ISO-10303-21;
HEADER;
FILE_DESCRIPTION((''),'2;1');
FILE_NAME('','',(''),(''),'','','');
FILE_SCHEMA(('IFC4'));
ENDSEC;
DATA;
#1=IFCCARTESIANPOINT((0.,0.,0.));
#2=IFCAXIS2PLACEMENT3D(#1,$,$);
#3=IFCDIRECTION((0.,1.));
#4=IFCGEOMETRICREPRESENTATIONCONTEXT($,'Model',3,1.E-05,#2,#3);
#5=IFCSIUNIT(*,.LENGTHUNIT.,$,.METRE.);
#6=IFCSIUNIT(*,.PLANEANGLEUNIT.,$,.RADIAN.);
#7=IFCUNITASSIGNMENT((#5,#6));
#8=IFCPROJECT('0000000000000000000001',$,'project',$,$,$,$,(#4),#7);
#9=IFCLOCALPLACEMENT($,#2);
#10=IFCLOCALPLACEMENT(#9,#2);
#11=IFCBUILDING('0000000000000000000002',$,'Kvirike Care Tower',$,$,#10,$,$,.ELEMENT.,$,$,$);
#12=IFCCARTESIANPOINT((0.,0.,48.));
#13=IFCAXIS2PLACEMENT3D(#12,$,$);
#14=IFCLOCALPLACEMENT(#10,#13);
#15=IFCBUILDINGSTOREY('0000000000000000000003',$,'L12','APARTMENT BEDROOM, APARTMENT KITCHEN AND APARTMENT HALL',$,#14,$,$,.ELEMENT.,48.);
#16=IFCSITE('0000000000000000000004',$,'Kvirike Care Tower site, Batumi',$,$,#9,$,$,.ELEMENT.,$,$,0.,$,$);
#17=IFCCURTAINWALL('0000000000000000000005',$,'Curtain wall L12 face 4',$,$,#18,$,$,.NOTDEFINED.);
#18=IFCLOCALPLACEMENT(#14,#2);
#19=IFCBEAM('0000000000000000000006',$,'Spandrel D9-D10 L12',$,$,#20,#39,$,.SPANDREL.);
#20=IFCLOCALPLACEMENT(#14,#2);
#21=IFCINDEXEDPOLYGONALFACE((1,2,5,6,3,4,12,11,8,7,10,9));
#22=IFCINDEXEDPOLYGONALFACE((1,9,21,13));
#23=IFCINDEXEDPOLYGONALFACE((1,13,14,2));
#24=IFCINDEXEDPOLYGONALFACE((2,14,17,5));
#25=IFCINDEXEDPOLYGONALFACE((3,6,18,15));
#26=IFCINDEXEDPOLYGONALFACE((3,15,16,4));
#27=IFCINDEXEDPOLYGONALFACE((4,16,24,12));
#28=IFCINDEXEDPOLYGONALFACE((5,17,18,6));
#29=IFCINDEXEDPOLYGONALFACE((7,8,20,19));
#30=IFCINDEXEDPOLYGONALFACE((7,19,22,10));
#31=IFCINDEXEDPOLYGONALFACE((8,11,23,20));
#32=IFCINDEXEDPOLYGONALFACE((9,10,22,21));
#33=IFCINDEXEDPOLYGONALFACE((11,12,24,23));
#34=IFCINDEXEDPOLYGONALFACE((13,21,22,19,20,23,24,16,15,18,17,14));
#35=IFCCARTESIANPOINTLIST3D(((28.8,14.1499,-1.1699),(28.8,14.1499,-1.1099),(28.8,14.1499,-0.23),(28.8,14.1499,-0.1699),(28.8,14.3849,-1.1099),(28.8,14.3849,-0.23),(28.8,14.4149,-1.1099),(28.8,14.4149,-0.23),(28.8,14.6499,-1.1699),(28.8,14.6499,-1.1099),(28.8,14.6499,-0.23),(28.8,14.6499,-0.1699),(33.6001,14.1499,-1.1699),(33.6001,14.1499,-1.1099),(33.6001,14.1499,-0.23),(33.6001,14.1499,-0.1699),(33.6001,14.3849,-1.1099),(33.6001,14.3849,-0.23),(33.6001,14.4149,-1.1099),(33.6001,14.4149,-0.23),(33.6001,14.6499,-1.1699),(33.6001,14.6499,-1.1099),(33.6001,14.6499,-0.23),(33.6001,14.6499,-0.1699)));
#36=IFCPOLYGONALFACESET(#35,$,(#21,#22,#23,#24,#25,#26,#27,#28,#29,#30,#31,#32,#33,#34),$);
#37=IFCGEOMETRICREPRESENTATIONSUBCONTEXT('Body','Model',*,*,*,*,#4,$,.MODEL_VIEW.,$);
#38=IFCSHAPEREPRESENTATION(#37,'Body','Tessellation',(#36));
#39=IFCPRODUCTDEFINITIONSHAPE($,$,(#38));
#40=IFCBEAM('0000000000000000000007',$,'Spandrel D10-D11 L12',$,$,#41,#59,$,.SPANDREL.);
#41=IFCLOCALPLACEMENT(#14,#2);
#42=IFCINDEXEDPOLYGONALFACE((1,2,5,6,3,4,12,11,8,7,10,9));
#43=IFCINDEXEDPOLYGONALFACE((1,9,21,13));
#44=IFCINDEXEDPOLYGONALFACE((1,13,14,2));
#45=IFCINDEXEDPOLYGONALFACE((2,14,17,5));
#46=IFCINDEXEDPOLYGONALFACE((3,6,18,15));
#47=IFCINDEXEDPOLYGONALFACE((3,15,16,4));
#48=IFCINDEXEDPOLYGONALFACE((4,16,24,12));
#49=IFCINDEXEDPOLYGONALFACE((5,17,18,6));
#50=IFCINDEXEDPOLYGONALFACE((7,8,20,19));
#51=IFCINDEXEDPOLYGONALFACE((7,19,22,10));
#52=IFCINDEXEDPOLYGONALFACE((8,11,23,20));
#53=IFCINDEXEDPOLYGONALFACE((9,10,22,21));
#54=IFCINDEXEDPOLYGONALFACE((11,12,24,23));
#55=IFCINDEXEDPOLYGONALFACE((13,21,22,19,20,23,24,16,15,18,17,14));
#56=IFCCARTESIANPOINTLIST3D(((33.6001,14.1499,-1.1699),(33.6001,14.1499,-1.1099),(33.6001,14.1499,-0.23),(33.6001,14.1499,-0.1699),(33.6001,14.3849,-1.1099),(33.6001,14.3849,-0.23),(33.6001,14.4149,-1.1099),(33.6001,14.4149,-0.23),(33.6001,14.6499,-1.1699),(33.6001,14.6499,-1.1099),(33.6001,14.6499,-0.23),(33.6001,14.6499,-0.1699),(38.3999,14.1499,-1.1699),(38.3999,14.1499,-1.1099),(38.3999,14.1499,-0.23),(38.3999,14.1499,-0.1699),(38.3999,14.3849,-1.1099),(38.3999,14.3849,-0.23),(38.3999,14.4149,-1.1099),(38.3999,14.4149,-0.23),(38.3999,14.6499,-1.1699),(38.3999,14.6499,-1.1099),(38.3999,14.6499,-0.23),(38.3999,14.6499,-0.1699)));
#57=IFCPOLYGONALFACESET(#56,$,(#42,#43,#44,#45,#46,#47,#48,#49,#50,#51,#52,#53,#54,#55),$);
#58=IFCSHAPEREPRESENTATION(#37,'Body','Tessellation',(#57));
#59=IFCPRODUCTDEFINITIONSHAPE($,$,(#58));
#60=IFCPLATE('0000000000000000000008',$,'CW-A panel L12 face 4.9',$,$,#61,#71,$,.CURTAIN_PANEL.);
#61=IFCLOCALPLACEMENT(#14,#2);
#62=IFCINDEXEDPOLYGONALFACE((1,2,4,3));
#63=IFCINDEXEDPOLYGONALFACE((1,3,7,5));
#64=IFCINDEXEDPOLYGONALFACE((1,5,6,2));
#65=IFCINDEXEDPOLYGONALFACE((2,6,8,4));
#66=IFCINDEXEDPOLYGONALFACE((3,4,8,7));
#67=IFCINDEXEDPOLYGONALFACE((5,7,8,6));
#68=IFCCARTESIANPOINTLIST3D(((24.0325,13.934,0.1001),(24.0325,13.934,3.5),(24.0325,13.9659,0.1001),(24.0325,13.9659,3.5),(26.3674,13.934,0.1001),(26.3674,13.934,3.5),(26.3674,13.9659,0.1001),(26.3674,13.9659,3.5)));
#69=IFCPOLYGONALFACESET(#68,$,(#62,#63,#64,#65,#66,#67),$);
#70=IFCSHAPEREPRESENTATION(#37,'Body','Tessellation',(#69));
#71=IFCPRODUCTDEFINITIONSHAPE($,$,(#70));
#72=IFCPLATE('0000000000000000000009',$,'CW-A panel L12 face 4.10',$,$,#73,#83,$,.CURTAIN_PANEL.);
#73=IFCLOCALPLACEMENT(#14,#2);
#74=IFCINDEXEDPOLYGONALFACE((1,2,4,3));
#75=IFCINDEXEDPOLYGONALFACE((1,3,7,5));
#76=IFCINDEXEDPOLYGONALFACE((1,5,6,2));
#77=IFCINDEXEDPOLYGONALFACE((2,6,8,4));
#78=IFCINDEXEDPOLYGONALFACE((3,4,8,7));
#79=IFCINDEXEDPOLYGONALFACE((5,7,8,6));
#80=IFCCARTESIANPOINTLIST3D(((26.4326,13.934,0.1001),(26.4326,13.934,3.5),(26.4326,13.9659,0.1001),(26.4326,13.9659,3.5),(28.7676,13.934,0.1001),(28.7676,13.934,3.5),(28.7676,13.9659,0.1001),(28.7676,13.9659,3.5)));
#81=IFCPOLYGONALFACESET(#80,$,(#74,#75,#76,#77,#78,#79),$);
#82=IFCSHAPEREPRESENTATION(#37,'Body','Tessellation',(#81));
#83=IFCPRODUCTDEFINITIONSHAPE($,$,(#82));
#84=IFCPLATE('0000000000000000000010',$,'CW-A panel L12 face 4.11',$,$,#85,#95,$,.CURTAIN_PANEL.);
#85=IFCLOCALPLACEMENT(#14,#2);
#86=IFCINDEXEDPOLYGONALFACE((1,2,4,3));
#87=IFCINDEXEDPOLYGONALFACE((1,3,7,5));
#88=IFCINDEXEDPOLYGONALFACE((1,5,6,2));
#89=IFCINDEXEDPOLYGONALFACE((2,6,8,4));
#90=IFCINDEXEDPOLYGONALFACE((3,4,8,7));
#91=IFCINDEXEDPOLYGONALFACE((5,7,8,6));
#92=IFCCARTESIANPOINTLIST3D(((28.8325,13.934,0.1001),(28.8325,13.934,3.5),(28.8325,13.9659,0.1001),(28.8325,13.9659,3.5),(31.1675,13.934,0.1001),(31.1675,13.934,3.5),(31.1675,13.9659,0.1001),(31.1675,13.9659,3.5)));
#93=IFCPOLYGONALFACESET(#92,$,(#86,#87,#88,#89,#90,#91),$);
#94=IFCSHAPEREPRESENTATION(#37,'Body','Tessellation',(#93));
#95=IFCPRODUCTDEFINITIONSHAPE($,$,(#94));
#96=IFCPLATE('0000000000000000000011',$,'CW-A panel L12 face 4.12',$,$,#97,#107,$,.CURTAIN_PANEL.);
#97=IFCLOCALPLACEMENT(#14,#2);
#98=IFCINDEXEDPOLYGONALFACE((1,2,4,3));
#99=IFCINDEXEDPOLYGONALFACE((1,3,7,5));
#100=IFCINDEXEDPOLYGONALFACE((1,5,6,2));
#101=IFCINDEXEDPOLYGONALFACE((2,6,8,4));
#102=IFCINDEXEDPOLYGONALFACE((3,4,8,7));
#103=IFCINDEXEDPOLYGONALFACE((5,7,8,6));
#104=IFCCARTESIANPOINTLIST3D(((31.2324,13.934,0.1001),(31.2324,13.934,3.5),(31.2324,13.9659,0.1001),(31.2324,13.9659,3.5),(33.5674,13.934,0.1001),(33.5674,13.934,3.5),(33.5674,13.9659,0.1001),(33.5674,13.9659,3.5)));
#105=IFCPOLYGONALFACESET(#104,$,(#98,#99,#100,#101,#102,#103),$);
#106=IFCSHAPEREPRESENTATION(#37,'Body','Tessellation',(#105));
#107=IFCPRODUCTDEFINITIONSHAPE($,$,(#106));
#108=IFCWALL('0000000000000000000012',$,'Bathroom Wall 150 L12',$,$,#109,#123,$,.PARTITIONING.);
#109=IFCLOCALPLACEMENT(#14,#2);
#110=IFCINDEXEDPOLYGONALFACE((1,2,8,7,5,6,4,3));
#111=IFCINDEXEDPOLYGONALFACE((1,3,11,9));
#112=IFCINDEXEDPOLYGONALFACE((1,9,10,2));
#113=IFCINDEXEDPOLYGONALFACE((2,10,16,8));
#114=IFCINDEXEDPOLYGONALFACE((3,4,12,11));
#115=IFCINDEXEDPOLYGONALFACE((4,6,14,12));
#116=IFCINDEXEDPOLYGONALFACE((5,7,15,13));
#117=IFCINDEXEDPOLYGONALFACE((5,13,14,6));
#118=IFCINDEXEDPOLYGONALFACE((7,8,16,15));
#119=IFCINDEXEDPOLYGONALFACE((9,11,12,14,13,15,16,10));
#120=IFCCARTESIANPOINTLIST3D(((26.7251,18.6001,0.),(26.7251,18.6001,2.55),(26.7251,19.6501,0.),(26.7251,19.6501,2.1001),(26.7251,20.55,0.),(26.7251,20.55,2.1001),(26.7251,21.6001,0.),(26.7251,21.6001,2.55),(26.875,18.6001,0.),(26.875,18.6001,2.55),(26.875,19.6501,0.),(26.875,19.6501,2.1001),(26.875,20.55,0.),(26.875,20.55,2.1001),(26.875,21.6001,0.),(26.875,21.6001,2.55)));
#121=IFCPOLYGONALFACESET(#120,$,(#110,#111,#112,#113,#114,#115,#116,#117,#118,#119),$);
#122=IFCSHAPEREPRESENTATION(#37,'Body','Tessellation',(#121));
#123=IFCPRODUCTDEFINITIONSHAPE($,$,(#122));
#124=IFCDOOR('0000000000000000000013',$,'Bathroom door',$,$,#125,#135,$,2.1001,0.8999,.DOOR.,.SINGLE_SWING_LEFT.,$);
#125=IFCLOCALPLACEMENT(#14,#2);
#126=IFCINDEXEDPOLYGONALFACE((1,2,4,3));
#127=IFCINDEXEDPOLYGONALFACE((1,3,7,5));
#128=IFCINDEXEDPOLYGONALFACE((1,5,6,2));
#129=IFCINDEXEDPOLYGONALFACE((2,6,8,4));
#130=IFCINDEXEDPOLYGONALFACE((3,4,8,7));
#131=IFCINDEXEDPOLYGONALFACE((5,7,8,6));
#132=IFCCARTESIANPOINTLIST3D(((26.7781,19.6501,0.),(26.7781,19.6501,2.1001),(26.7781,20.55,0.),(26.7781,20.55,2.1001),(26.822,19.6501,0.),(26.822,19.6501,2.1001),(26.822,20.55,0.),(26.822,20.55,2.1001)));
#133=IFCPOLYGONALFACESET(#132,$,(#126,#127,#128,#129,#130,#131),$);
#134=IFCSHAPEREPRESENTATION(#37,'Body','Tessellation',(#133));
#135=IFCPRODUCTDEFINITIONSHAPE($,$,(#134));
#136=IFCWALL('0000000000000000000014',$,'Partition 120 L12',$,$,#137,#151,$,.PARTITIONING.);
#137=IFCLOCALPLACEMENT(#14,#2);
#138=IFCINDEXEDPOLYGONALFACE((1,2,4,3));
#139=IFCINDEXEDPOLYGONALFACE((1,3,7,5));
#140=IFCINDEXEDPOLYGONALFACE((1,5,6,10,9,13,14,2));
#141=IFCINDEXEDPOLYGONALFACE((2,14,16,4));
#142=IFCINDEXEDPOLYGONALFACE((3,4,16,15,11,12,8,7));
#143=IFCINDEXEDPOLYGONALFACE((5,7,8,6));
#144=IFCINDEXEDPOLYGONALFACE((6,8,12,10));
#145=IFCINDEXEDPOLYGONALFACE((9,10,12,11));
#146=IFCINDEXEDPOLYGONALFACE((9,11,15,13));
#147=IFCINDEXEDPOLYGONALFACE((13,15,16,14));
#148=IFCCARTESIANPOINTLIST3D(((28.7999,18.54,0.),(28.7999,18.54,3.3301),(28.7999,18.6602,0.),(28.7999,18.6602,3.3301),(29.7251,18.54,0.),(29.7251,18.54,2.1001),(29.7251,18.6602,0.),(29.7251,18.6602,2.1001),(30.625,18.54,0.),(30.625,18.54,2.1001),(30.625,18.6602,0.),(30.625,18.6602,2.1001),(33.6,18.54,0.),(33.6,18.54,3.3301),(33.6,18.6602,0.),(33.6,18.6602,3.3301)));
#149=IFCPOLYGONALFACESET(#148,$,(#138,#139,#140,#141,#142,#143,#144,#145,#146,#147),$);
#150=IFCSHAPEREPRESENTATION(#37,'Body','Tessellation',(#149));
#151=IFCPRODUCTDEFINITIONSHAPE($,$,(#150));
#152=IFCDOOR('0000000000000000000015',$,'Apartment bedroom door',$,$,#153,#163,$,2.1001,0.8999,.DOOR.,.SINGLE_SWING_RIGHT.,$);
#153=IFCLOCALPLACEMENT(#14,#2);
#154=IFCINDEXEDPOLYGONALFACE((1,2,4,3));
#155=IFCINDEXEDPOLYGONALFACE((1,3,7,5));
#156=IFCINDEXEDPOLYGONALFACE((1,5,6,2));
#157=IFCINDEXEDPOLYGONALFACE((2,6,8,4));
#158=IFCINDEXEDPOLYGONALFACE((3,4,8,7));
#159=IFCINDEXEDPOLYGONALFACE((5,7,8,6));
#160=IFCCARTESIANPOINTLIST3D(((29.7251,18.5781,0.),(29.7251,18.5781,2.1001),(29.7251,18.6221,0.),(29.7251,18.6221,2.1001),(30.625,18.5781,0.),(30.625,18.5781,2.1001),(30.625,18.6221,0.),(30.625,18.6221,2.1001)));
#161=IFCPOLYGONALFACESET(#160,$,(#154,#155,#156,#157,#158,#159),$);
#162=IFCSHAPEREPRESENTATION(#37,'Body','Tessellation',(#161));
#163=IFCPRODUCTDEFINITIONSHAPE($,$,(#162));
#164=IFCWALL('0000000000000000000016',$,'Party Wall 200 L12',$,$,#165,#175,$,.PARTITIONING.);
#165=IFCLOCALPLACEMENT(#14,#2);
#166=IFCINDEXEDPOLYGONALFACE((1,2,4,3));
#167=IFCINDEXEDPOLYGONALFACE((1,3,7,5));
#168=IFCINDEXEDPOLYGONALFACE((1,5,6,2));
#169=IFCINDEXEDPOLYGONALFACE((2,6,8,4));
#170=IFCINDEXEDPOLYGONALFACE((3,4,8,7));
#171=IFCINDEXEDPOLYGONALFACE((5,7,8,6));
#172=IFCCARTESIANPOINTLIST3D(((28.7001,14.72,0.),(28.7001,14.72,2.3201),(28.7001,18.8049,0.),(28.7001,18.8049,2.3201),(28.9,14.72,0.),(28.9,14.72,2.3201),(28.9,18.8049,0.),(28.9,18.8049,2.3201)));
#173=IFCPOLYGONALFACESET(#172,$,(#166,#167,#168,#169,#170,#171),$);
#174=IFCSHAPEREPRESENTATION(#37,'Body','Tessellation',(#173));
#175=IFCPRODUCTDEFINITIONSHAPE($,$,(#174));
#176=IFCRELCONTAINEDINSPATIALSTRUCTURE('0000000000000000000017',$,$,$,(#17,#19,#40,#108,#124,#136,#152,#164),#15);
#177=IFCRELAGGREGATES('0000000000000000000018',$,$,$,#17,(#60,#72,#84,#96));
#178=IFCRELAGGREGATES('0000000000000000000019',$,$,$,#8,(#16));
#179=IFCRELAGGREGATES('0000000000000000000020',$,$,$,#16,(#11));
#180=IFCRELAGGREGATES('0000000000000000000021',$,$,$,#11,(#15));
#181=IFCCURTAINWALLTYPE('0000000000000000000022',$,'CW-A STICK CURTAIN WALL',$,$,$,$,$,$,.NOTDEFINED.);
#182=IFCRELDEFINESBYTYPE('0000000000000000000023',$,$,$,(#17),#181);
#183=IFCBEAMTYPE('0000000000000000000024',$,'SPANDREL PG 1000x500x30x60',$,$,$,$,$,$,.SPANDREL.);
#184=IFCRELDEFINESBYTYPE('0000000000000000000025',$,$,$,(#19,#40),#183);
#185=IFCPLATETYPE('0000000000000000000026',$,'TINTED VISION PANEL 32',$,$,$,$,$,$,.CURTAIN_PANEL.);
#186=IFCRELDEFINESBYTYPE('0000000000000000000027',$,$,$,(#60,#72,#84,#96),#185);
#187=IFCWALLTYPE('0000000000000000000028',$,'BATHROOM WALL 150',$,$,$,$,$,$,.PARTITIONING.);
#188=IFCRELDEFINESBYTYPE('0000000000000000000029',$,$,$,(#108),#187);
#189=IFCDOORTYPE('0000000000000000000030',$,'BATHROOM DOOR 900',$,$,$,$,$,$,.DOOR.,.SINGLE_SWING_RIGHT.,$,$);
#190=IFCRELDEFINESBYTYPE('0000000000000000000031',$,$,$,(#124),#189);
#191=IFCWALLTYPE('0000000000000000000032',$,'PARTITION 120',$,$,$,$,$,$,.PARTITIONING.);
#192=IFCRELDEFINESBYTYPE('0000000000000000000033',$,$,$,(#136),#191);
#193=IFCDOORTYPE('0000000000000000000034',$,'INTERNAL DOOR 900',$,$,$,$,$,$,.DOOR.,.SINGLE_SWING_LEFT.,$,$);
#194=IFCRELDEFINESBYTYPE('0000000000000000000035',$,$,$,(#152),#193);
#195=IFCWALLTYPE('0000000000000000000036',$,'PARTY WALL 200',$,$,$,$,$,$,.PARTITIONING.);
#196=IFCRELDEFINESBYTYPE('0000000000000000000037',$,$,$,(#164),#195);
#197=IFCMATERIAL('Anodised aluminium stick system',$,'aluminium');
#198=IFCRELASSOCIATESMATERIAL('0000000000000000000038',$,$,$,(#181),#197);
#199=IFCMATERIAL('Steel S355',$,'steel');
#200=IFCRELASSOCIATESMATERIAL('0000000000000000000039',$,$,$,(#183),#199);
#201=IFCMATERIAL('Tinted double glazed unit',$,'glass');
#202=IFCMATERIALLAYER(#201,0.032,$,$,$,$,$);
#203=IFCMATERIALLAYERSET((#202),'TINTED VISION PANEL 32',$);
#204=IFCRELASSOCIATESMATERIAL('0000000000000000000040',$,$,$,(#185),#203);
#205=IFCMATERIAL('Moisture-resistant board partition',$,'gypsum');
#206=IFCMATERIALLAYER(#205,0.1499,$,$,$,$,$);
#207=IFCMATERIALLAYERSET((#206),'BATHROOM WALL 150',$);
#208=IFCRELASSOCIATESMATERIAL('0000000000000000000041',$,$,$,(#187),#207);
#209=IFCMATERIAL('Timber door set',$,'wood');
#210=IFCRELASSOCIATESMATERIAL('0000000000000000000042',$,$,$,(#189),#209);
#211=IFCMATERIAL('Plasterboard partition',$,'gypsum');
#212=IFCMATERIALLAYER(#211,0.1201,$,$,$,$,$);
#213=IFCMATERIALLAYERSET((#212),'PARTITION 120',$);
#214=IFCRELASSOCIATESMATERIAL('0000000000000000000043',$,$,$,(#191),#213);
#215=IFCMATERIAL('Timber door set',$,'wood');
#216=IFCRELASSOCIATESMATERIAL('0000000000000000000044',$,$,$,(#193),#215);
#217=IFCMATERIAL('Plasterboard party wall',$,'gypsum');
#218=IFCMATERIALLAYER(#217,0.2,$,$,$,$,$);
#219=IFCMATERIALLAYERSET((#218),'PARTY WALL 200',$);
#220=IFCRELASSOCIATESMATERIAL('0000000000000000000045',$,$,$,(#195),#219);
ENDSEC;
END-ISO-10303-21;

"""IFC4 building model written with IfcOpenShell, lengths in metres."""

from ifc_helpers import new_model, si_unit, direction, frame, frame_2d, origin, origin_2d, place, context, subcontext, project, spatial, rectangle, i_section, extrude, material, layer, layer_set, material_profile, profile_set, type_object, element, fill, aggregate, save


model = new_model("IFC4")

# Units and contexts
model_context = context("Model", 3, precision=1e-05, world=origin(), true_north=direction((0.0, 1.0)))
body_context = subcontext(model_context, "Body", "Model", "MODEL_VIEW")
ifc_project = project(units=[si_unit("LENGTHUNIT", "METRE"), si_unit("PLANEANGLEUNIT", "RADIAN")], contexts=[model_context])

# Site, building, storey
site_placement = place(None, origin())
site = spatial("IfcSite", under=ifc_project, at=site_placement, Name="Kvirike Care Tower site, Batumi", CompositionType="ELEMENT", RefElevation=0.0)
building_placement = place(site_placement, origin())
building = spatial("IfcBuilding", under=site, at=building_placement, Name="Kvirike Care Tower", CompositionType="ELEMENT")
storey_placement = place(building_placement, frame((0.0, 0.0, 48.0)))
storey = spatial("IfcBuildingStorey", under=building, at=storey_placement, Name="L12", Description="APARTMENT BEDROOM, APARTMENT KITCHEN AND APARTMENT HALL", CompositionType="ELEMENT", Elevation=48.0)

# Curtain wall
ifc_material_1 = material(Name="Anodised aluminium stick system", Category="aluminium")
curtain_wall_type = type_object("IfcCurtainWallType", Name="CW-A STICK CURTAIN WALL", PredefinedType="NOTDEFINED", material=ifc_material_1)
curtain_wall_placement = place(storey_placement, origin())
curtain_wall = element("IfcCurtainWall", 1, at=curtain_wall_placement, inside=storey, type_object=curtain_wall_type, Name="Curtain wall L12 face 4", PredefinedType="NOTDEFINED")

# Beams
ifc_material_2 = material(Name="Steel S355", Category="steel")
ifc_material_profile_1 = material_profile(ifc_material_2, i_section(OverallWidth=0.5, OverallDepth=1.0, WebThickness=0.03, FlangeThickness=0.0601, at=origin_2d()), Name="PG 1000x500x30x60")
ifc_profile_set_1 = profile_set([ifc_material_profile_1], Name="Steel S355")
beam_type_1 = type_object("IfcBeamType", Name="SPANDREL PG 1000x500x30x60", PredefinedType="SPANDREL", material=ifc_profile_set_1)
beam_1_placement = place(storey_placement, frame((28.8, 14.3999, -0.6699), z_axis=(1.0, 0.0, 0.0), x_axis=(0.0, 1.0, 0.0)))
element("IfcBeam", 2, at=beam_1_placement, inside=storey, type_object=beam_type_1, Name="Spandrel D9-D10 L12", PredefinedType="SPANDREL", context=body_context, shape_type="SweptSolid", body=[
    extrude(i_section(OverallWidth=0.5, OverallDepth=1.0, WebThickness=0.03, FlangeThickness=0.0601, at=origin_2d()), origin(), (0.0, 0.0, 1.0), 4.8),
])
beam_2_placement = place(storey_placement, frame((33.6001, 14.3999, -0.6699), z_axis=(1.0, 0.0, 0.0), x_axis=(0.0, 1.0, 0.0)))
element("IfcBeam", 3, at=beam_2_placement, inside=storey, type_object=beam_type_1, Name="Spandrel D10-D11 L12", PredefinedType="SPANDREL", context=body_context, shape_type="SweptSolid", body=[
    extrude(i_section(OverallWidth=0.5, OverallDepth=1.0, WebThickness=0.03, FlangeThickness=0.0601, at=origin_2d()), origin(), (0.0, 0.0, 1.0), 4.7998),
])

# Plates
ifc_material_3 = material(Name="Tinted double glazed unit", Category="glass")
ifc_layer_1 = layer(ifc_material_3, 0.032)
ifc_layer_set_1 = layer_set([ifc_layer_1], Name="TINTED VISION PANEL 32")
plate_type = type_object("IfcPlateType", Name="TINTED VISION PANEL 32", PredefinedType="CURTAIN_PANEL", material=ifc_layer_set_1)
plate_1_placement = place(storey_placement, frame((25.2, 13.95, 0.1001), z_axis=(0.0, 0.0, 1.0), x_axis=(1.0, 0.0, 0.0)))
plate_1 = element("IfcPlate", 4, at=plate_1_placement, type_object=plate_type, Name="CW-A panel L12 face 4.9", PredefinedType="CURTAIN_PANEL", context=body_context, shape_type="SweptSolid", body=[
    extrude(rectangle(XDim=2.335, YDim=0.032, at=origin_2d()), origin(), (0.0, 0.0, 1.0), 3.3999),
])
plate_2_placement = place(storey_placement, frame((27.6001, 13.95, 0.1001), z_axis=(0.0, 0.0, 1.0), x_axis=(1.0, 0.0, 0.0)))
plate_2 = element("IfcPlate", 5, at=plate_2_placement, type_object=plate_type, Name="CW-A panel L12 face 4.10", PredefinedType="CURTAIN_PANEL", context=body_context, shape_type="SweptSolid", body=[
    extrude(rectangle(XDim=2.335, YDim=0.032, at=origin_2d()), origin(), (0.0, 0.0, 1.0), 3.3999),
])
plate_3_placement = place(storey_placement, frame((30.0, 13.95, 0.1001), z_axis=(0.0, 0.0, 1.0), x_axis=(1.0, 0.0, 0.0)))
plate_3 = element("IfcPlate", 6, at=plate_3_placement, type_object=plate_type, Name="CW-A panel L12 face 4.11", PredefinedType="CURTAIN_PANEL", context=body_context, shape_type="SweptSolid", body=[
    extrude(rectangle(XDim=2.335, YDim=0.032, at=origin_2d()), origin(), (0.0, 0.0, 1.0), 3.3999),
])
plate_4_placement = place(storey_placement, frame((32.3999, 13.95, 0.1001), z_axis=(0.0, 0.0, 1.0), x_axis=(1.0, 0.0, 0.0)))
plate_4 = element("IfcPlate", 7, at=plate_4_placement, type_object=plate_type, Name="CW-A panel L12 face 4.12", PredefinedType="CURTAIN_PANEL", context=body_context, shape_type="SweptSolid", body=[
    extrude(rectangle(XDim=2.335, YDim=0.032, at=origin_2d()), origin(), (0.0, 0.0, 1.0), 3.3999),
])
aggregate(curtain_wall, [plate_1, plate_2, plate_3, plate_4])

# Walls, openings, doors
ifc_material_4 = material(Name="Moisture-resistant board partition", Category="gypsum")
ifc_layer_2 = layer(ifc_material_4, 0.1499)
ifc_layer_set_2 = layer_set([ifc_layer_2], Name="BATHROOM WALL 150")
wall_type_1 = type_object("IfcWallType", Name="BATHROOM WALL 150", PredefinedType="PARTITIONING", material=ifc_layer_set_2)
wall_1_placement = place(storey_placement, frame((26.8, 18.6001, 0.0), z_axis=(0.0, 0.0, 1.0), x_axis=(0.0, 1.0, 0.0)))
wall_1 = element("IfcWall", 8, at=wall_1_placement, inside=storey, type_object=wall_type_1, Name="Bathroom Wall 150 L12", PredefinedType="PARTITIONING", context=body_context, shape_type="SweptSolid", body=[
    extrude(rectangle(XDim=3.0, YDim=0.1499, at=frame_2d((1.5, 0.0))), origin(), (0.0, 0.0, 1.0), 2.55),
])
opening_1_placement = place(wall_1_placement, frame((1.05, 0.0, 0.0)))
opening_1 = element("IfcOpeningElement", 9, at=opening_1_placement, cuts=wall_1, PredefinedType="OPENING", context=body_context, shape_type="SweptSolid", body=[
    extrude(rectangle(XDim=0.8999, YDim=2.1001, at=frame_2d((0.45, 1.05))), frame((0.0, 0.0854, 0.0), z_axis=(0.0, -1.0, 0.0), x_axis=(1.0, 0.0, 0.0)), (0.0, 0.0, 1.0), 0.1709),
])
ifc_material_5 = material(Name="Timber door set", Category="wood")
door_type_1 = type_object("IfcDoorType", Name="BATHROOM DOOR 900", OperationType="SINGLE_SWING_RIGHT", PredefinedType="DOOR", material=ifc_material_5)
door_1_placement = place(opening_1_placement, origin())
door_1 = element("IfcDoor", 10, at=door_1_placement, inside=storey, type_object=door_type_1, Name="Bathroom door", OperationType="SINGLE_SWING_LEFT", OverallHeight=2.1001, OverallWidth=0.8999, PredefinedType="DOOR", context=body_context, shape_type="SweptSolid", body=[
    extrude(rectangle(XDim=0.8999, YDim=2.1001, at=frame_2d((0.45, 1.05))), frame((0.0, 0.022, 0.0), z_axis=(0.0, -1.0, 0.0), x_axis=(1.0, 0.0, 0.0)), (0.0, 0.0, 1.0), 0.0439),
])
fill(opening_1, door_1)
ifc_material_6 = material(Name="Plasterboard partition", Category="gypsum")
ifc_layer_3 = layer(ifc_material_6, 0.1201)
ifc_layer_set_3 = layer_set([ifc_layer_3], Name="PARTITION 120")
wall_type_2 = type_object("IfcWallType", Name="PARTITION 120", PredefinedType="PARTITIONING", material=ifc_layer_set_3)
wall_2_placement = place(storey_placement, frame((28.8, 18.6001, 0.0), z_axis=(0.0, 0.0, 1.0), x_axis=(1.0, 0.0, 0.0)))
wall_2 = element("IfcWall", 11, at=wall_2_placement, inside=storey, type_object=wall_type_2, Name="Partition 120 L12", PredefinedType="PARTITIONING", context=body_context, shape_type="SweptSolid", body=[
    extrude(rectangle(XDim=4.8, YDim=0.1201, at=frame_2d((2.3999, 0.0))), origin(), (0.0, 0.0, 1.0), 3.3301),
])
opening_2_placement = place(wall_2_placement, frame((0.925, 0.0, 0.0)))
opening_2 = element("IfcOpeningElement", 12, at=opening_2_placement, cuts=wall_2, PredefinedType="OPENING", context=body_context, shape_type="SweptSolid", body=[
    extrude(rectangle(XDim=0.8999, YDim=2.1001, at=frame_2d((0.45, 1.05))), frame((0.0, 0.0706, 0.0), z_axis=(0.0, -1.0, 0.0), x_axis=(1.0, 0.0, 0.0)), (0.0, 0.0, 1.0), 0.1411),
])
ifc_material_7 = material(Name="Timber door set", Category="wood")
door_type_2 = type_object("IfcDoorType", Name="INTERNAL DOOR 900", OperationType="SINGLE_SWING_LEFT", PredefinedType="DOOR", material=ifc_material_7)
door_2_placement = place(opening_2_placement, frame((0.8999, 0.0, 0.0), z_axis=(0.0, 0.0, 1.0), x_axis=(-1.0, 0.0, 0.0)))
door_2 = element("IfcDoor", 13, at=door_2_placement, inside=storey, type_object=door_type_2, Name="Apartment bedroom door", OperationType="SINGLE_SWING_RIGHT", OverallHeight=2.1001, OverallWidth=0.8999, PredefinedType="DOOR", context=body_context, shape_type="SweptSolid", body=[
    extrude(rectangle(XDim=0.8999, YDim=2.1001, at=frame_2d((0.45, 1.05))), frame((0.0, 0.022, 0.0), z_axis=(0.0, -1.0, 0.0), x_axis=(1.0, 0.0, 0.0)), (0.0, 0.0, 1.0), 0.0439),
])
fill(opening_2, door_2)

# Wall
ifc_material_8 = material(Name="Plasterboard party wall", Category="gypsum")
ifc_layer_4 = layer(ifc_material_8, 0.2)
ifc_layer_set_4 = layer_set([ifc_layer_4], Name="PARTY WALL 200")
wall_type_3 = type_object("IfcWallType", Name="PARTY WALL 200", PredefinedType="PARTITIONING", material=ifc_layer_set_4)
wall_3_placement = place(storey_placement, frame((28.8, 14.72, 0.0), z_axis=(0.0, 0.0, 1.0), x_axis=(0.0, 1.0, 0.0)))
element("IfcWall", 14, at=wall_3_placement, inside=storey, type_object=wall_type_3, Name="Party Wall 200 L12", PredefinedType="PARTITIONING", context=body_context, shape_type="SweptSolid", body=[
    extrude(rectangle(XDim=4.085, YDim=0.2, at=frame_2d((2.0425, 0.0))), origin(), (0.0, 0.0, 1.0), 2.3201),
])

save(model, "model.ifc")
